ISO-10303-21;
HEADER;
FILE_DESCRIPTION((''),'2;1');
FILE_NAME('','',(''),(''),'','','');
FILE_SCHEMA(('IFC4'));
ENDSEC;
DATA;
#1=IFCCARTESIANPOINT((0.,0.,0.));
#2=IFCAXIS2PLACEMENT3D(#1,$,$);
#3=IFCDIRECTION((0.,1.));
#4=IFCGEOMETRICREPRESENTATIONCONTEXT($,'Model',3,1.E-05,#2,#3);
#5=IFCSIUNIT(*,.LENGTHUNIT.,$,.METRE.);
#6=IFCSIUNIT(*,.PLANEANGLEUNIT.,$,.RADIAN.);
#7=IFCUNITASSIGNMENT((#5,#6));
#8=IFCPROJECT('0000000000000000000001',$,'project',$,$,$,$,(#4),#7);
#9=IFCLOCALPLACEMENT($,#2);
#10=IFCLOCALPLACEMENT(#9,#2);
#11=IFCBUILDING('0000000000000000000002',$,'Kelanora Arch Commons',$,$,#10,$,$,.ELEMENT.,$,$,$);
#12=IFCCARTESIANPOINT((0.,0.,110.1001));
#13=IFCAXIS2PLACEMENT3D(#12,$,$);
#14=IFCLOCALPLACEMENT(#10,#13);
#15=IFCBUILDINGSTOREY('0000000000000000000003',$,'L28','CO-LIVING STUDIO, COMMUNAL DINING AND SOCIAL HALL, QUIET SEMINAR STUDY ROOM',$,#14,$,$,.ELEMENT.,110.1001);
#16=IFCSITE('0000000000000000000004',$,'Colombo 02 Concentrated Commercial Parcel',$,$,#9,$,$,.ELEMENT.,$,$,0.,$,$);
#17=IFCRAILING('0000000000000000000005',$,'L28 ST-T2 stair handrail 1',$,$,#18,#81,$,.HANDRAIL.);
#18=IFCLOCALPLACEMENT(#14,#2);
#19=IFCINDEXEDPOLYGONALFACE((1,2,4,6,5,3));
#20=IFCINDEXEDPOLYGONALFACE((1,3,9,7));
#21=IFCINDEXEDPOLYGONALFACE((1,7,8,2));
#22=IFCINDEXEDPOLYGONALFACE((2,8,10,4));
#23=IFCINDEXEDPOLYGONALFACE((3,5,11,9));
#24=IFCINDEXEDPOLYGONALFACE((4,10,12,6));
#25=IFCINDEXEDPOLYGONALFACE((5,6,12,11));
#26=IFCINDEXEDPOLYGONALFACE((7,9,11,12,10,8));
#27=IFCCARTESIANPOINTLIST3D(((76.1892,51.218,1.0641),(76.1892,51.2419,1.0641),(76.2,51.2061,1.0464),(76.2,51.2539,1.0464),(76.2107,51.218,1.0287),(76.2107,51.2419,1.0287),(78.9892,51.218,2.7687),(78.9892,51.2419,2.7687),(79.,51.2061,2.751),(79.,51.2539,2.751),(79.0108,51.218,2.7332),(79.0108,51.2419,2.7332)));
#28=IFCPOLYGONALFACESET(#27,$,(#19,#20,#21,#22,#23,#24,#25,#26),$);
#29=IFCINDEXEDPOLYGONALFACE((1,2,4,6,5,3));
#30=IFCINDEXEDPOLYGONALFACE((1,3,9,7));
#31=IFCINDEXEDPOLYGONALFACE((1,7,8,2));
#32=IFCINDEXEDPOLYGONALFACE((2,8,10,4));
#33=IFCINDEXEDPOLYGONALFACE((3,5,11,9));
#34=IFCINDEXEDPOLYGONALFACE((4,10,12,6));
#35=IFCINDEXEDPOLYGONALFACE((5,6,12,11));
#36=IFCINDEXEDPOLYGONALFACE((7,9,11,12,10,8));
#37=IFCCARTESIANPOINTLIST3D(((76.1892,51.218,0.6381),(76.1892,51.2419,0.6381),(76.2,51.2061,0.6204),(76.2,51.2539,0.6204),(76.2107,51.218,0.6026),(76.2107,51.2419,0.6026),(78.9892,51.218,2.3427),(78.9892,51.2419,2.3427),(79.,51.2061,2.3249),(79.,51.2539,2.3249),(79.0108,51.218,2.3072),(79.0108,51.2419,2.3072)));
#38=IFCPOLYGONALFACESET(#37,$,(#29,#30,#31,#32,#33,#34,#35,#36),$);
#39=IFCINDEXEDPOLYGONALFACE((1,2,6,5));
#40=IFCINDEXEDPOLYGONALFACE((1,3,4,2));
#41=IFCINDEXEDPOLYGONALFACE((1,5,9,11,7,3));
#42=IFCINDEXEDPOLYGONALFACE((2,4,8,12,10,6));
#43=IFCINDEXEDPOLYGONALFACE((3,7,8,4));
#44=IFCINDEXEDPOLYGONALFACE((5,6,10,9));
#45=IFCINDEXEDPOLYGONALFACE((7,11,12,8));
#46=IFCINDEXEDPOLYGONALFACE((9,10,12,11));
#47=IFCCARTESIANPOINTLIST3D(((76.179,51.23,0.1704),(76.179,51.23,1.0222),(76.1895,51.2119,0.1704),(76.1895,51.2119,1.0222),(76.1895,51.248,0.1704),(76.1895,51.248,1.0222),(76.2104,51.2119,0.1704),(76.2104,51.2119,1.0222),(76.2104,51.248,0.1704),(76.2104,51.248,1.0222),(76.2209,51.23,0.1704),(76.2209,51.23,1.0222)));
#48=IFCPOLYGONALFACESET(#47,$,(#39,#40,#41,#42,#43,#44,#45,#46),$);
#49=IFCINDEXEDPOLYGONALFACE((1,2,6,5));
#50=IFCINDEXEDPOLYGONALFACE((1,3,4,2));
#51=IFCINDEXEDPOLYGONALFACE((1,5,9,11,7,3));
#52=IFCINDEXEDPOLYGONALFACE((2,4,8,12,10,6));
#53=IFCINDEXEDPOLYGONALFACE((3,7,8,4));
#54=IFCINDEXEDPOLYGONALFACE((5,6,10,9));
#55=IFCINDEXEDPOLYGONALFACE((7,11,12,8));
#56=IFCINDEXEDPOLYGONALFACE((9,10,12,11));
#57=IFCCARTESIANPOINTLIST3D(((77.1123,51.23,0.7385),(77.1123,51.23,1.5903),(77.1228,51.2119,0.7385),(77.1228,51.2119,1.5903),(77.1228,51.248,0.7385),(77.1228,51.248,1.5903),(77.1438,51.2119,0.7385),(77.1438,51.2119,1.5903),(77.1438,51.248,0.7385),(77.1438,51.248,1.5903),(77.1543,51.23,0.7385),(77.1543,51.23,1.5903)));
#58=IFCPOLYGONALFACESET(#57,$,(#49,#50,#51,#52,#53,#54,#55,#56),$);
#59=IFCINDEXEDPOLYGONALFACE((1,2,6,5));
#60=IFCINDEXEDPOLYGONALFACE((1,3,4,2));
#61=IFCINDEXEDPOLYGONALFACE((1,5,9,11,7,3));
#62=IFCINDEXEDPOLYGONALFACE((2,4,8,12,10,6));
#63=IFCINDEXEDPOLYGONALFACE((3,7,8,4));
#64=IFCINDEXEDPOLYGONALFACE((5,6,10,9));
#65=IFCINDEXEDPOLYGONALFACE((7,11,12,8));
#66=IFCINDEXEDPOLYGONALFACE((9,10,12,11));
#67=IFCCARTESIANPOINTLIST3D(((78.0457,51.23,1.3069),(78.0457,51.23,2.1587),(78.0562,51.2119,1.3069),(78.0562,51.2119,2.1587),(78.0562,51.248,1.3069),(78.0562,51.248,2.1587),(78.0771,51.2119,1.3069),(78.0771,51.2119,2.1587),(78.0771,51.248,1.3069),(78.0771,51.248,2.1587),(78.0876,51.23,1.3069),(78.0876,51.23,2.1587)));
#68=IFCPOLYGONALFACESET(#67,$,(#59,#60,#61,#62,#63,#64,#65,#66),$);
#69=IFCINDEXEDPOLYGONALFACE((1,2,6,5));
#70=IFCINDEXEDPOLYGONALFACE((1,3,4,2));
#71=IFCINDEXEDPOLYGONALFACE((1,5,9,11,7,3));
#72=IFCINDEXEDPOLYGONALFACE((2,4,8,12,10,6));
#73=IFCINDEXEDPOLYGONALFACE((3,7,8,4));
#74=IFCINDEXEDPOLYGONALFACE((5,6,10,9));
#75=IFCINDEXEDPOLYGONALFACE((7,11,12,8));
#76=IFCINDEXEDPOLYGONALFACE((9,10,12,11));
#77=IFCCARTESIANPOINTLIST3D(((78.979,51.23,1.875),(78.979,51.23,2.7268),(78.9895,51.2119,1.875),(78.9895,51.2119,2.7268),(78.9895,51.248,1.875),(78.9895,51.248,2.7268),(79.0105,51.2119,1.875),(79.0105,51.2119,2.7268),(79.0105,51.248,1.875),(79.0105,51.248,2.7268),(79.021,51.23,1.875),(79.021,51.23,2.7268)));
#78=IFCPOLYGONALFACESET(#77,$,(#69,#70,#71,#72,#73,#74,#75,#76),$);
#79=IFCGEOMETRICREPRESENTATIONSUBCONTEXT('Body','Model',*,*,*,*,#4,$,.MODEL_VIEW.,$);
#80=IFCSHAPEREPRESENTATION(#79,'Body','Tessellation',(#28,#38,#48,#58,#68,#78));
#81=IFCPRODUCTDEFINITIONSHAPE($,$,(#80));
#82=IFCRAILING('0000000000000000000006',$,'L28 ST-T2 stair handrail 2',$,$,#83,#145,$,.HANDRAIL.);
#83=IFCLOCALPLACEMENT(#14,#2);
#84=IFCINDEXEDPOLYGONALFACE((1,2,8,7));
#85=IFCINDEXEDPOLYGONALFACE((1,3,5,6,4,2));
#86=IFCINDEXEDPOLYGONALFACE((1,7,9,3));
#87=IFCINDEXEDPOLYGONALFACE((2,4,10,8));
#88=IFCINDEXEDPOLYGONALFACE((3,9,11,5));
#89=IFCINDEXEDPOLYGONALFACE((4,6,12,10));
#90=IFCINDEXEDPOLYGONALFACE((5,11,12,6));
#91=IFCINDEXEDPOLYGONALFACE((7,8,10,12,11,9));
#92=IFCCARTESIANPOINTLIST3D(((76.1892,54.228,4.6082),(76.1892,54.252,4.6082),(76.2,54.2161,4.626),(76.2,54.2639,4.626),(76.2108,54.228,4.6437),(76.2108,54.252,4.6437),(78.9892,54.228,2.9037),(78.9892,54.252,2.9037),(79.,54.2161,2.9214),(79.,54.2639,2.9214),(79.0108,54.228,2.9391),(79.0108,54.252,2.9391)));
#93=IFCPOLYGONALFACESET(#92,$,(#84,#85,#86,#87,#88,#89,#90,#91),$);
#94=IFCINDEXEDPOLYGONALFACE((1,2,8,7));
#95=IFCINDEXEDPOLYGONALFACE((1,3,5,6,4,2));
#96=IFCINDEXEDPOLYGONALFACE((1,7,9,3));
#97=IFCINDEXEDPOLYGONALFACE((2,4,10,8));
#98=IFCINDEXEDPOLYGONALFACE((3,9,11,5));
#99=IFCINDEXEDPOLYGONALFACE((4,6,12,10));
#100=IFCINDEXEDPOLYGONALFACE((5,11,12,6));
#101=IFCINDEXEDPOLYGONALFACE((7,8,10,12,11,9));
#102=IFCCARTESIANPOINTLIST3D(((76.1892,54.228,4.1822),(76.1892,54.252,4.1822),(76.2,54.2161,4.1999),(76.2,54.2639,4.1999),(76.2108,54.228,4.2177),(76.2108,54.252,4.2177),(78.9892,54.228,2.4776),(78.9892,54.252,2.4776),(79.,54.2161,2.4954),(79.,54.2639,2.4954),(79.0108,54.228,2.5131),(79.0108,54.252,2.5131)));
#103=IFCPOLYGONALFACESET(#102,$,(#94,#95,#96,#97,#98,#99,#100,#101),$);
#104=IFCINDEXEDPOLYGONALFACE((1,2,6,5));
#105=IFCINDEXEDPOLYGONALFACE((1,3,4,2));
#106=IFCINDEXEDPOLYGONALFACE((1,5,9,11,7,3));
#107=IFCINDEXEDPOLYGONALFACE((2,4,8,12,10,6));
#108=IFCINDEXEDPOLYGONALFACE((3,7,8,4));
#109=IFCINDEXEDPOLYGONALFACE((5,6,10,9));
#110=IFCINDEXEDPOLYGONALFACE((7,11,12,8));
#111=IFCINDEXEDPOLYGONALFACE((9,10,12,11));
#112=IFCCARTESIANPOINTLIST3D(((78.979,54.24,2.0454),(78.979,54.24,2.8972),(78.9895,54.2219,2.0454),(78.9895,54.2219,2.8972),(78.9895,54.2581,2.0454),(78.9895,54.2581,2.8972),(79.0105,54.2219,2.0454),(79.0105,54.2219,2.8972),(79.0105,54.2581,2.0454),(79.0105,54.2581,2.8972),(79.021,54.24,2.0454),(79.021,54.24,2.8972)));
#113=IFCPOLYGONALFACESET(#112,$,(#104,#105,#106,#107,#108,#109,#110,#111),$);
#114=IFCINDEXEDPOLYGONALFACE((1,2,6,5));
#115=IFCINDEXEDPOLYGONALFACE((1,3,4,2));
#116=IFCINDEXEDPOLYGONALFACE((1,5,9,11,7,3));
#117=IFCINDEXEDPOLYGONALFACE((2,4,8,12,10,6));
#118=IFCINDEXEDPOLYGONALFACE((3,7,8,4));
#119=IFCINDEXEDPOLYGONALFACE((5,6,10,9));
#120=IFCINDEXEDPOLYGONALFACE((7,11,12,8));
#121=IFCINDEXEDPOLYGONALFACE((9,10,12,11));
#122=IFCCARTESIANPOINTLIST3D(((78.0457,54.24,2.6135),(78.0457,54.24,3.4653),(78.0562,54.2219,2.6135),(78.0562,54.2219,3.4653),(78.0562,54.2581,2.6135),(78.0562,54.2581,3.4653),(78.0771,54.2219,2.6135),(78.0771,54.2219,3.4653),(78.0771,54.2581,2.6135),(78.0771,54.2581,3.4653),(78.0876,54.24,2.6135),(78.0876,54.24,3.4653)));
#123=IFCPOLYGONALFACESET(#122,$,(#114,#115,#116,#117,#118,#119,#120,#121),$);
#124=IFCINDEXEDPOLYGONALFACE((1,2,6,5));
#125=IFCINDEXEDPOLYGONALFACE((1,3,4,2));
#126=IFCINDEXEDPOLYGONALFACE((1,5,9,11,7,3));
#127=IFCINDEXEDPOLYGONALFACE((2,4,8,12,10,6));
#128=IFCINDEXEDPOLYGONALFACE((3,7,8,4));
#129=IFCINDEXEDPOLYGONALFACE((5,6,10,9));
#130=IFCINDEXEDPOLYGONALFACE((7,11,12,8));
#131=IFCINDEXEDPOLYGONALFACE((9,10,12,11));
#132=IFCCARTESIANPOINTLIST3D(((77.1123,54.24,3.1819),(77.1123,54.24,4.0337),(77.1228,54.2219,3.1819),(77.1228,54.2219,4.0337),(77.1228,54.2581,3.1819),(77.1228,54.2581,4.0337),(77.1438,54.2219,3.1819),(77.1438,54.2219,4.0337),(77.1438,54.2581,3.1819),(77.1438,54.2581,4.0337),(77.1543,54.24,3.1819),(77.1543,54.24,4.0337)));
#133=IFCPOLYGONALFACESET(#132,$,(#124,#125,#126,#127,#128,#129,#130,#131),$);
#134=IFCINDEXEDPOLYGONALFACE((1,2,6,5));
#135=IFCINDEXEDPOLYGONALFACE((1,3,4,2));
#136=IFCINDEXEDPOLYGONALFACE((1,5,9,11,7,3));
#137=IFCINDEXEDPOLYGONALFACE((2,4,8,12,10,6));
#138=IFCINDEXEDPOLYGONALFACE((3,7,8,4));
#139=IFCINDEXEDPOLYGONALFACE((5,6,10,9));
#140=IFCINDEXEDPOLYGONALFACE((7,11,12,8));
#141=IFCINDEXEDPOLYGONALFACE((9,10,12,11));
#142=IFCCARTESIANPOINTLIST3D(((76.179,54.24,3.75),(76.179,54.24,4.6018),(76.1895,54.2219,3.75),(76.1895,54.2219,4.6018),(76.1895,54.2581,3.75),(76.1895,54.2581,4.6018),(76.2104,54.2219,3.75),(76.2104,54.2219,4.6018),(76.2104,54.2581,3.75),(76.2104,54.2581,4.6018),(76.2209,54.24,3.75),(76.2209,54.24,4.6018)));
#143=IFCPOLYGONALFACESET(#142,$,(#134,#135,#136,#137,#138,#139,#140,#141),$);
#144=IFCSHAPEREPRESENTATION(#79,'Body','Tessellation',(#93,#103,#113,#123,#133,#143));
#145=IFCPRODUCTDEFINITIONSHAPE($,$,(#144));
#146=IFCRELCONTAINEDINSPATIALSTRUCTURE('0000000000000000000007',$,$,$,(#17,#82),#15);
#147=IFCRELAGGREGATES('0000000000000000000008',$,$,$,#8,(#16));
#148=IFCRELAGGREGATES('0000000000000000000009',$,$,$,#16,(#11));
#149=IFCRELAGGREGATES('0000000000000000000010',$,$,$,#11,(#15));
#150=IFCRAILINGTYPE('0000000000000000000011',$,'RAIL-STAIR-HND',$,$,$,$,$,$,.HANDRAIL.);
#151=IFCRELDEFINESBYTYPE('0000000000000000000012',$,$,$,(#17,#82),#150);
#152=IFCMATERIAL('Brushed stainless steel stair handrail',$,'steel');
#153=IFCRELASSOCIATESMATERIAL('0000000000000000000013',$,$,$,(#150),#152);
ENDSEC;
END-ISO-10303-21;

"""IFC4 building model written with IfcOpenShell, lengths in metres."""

from ifc_helpers import new_model, si_unit, direction, frame, origin, place, context, subcontext, project, spatial, polyline, outline, extrude, material, type_object, element, save


model = new_model("IFC4")

# Units and contexts
model_context = context("Model", 3, precision=1e-05, world=origin(), true_north=direction((0.0, 1.0)))
body_context = subcontext(model_context, "Body", "Model", "MODEL_VIEW")
ifc_project = project(units=[si_unit("LENGTHUNIT", "METRE"), si_unit("PLANEANGLEUNIT", "RADIAN")], contexts=[model_context])

# Site, building, storey
site_placement = place(None, origin())
site = spatial("IfcSite", under=ifc_project, at=site_placement, Name="Colombo 02 Concentrated Commercial Parcel", CompositionType="ELEMENT", RefElevation=0.0)
building_placement = place(site_placement, origin())
building = spatial("IfcBuilding", under=site, at=building_placement, Name="Kelanora Arch Commons", CompositionType="ELEMENT")
storey_placement = place(building_placement, frame((0.0, 0.0, 110.1001)))
storey = spatial("IfcBuildingStorey", under=building, at=storey_placement, Name="L28", Description="CO-LIVING STUDIO, COMMUNAL DINING AND SOCIAL HALL, QUIET SEMINAR STUDY ROOM", CompositionType="ELEMENT", Elevation=110.1001)

# Railings
ifc_material_1 = material(Name="Brushed stainless steel stair handrail", Category="steel")
railing_type_1 = type_object("IfcRailingType", Name="RAIL-STAIR-HND", PredefinedType="HANDRAIL", material=ifc_material_1)
railing_1_placement = place(storey_placement, frame((76.2, 51.23, 0.1704)))
element("IfcRailing", 1, at=railing_1_placement, inside=storey, type_object=railing_type_1, Name="L28 ST-T2 stair handrail 1", PredefinedType="HANDRAIL", context=body_context, shape_type="SweptSolid", body=[
    extrude(outline(polyline([(0.0239, 0.0), (0.012, 0.0208), (-0.012, 0.0208), (-0.0239, 0.0), (-0.012, -0.0208), (0.012, -0.0208), (0.0239, 0.0)])), frame((0.0, 0.0, 0.876), z_axis=(0.85417, 0.0, 0.519994), x_axis=(0.0, 1.0, 0.0)), (0.0, 0.0, 1.0), 3.2781),
    extrude(outline(polyline([(0.0239, 0.0), (0.012, 0.0208), (-0.012, 0.0208), (-0.0239, 0.0), (-0.012, -0.0208), (0.012, -0.0208), (0.0239, 0.0)])), frame((0.0, 0.0, 0.45), z_axis=(0.85417, 0.0, 0.519994), x_axis=(0.0, 1.0, 0.0)), (0.0, 0.0, 1.0), 3.2781),
    extrude(outline(polyline([(0.021, 0.0), (0.0105, 0.0181), (-0.0105, 0.0181), (-0.021, 0.0), (-0.0105, -0.0181), (0.0105, -0.0181), (0.021, 0.0)])), origin(), (0.0, 0.0, 1.0), 0.8518),
    extrude(outline(polyline([(0.021, 0.0), (0.0105, 0.0181), (-0.0105, 0.0181), (-0.021, 0.0), (-0.0105, -0.0181), (0.0105, -0.0181), (0.021, 0.0)])), frame((0.9333, 0.0, 0.5681)), (0.0, 0.0, 1.0), 0.8518),
    extrude(outline(polyline([(0.021, 0.0), (0.0105, 0.0181), (-0.0105, 0.0181), (-0.021, 0.0), (-0.0105, -0.0181), (0.0105, -0.0181), (0.021, 0.0)])), frame((1.8667, 0.0, 1.1365)), (0.0, 0.0, 1.0), 0.8518),
    extrude(outline(polyline([(0.021, 0.0), (0.0105, 0.0181), (-0.0105, 0.0181), (-0.021, 0.0), (-0.0105, -0.0181), (0.0105, -0.0181), (0.021, 0.0)])), frame((2.8, 0.0, 1.7046)), (0.0, 0.0, 1.0), 0.8518),
])
railing_2_placement = place(storey_placement, frame((79.0, 54.24, 2.0454)))
element("IfcRailing", 2, at=railing_2_placement, inside=storey, type_object=railing_type_1, Name="L28 ST-T2 stair handrail 2", PredefinedType="HANDRAIL", context=body_context, shape_type="SweptSolid", body=[
    extrude(outline(polyline([(0.0239, 0.0), (0.012, 0.0208), (-0.012, 0.0208), (-0.0239, 0.0), (-0.012, -0.0208), (0.012, -0.0208), (0.0239, 0.0)])), frame((0.0, 0.0, 0.876), z_axis=(-0.85417, 0.0, 0.519994), x_axis=(0.0, -1.0, 0.0)), (0.0, 0.0, 1.0), 3.2781),
    extrude(outline(polyline([(0.0239, 0.0), (0.012, 0.0208), (-0.012, 0.0208), (-0.0239, 0.0), (-0.012, -0.0208), (0.012, -0.0208), (0.0239, 0.0)])), frame((0.0, 0.0, 0.45), z_axis=(-0.85417, 0.0, 0.519994), x_axis=(0.0, -1.0, 0.0)), (0.0, 0.0, 1.0), 3.2781),
    extrude(outline(polyline([(0.021, 0.0), (0.0105, 0.0181), (-0.0105, 0.0181), (-0.021, 0.0), (-0.0105, -0.0181), (0.0105, -0.0181), (0.021, 0.0)])), origin(), (0.0, 0.0, 1.0), 0.8518),
    extrude(outline(polyline([(0.021, 0.0), (0.0105, 0.0181), (-0.0105, 0.0181), (-0.021, 0.0), (-0.0105, -0.0181), (0.0105, -0.0181), (0.021, 0.0)])), frame((-0.9333, 0.0, 0.5681)), (0.0, 0.0, 1.0), 0.8518),
    extrude(outline(polyline([(0.021, 0.0), (0.0105, 0.0181), (-0.0105, 0.0181), (-0.021, 0.0), (-0.0105, -0.0181), (0.0105, -0.0181), (0.021, 0.0)])), frame((-1.8667, 0.0, 1.1365)), (0.0, 0.0, 1.0), 0.8518),
    extrude(outline(polyline([(0.021, 0.0), (0.0105, 0.0181), (-0.0105, 0.0181), (-0.021, 0.0), (-0.0105, -0.0181), (0.0105, -0.0181), (0.021, 0.0)])), frame((-2.8, 0.0, 1.7046)), (0.0, 0.0, 1.0), 0.8518),
])

save(model, "model.ifc")
